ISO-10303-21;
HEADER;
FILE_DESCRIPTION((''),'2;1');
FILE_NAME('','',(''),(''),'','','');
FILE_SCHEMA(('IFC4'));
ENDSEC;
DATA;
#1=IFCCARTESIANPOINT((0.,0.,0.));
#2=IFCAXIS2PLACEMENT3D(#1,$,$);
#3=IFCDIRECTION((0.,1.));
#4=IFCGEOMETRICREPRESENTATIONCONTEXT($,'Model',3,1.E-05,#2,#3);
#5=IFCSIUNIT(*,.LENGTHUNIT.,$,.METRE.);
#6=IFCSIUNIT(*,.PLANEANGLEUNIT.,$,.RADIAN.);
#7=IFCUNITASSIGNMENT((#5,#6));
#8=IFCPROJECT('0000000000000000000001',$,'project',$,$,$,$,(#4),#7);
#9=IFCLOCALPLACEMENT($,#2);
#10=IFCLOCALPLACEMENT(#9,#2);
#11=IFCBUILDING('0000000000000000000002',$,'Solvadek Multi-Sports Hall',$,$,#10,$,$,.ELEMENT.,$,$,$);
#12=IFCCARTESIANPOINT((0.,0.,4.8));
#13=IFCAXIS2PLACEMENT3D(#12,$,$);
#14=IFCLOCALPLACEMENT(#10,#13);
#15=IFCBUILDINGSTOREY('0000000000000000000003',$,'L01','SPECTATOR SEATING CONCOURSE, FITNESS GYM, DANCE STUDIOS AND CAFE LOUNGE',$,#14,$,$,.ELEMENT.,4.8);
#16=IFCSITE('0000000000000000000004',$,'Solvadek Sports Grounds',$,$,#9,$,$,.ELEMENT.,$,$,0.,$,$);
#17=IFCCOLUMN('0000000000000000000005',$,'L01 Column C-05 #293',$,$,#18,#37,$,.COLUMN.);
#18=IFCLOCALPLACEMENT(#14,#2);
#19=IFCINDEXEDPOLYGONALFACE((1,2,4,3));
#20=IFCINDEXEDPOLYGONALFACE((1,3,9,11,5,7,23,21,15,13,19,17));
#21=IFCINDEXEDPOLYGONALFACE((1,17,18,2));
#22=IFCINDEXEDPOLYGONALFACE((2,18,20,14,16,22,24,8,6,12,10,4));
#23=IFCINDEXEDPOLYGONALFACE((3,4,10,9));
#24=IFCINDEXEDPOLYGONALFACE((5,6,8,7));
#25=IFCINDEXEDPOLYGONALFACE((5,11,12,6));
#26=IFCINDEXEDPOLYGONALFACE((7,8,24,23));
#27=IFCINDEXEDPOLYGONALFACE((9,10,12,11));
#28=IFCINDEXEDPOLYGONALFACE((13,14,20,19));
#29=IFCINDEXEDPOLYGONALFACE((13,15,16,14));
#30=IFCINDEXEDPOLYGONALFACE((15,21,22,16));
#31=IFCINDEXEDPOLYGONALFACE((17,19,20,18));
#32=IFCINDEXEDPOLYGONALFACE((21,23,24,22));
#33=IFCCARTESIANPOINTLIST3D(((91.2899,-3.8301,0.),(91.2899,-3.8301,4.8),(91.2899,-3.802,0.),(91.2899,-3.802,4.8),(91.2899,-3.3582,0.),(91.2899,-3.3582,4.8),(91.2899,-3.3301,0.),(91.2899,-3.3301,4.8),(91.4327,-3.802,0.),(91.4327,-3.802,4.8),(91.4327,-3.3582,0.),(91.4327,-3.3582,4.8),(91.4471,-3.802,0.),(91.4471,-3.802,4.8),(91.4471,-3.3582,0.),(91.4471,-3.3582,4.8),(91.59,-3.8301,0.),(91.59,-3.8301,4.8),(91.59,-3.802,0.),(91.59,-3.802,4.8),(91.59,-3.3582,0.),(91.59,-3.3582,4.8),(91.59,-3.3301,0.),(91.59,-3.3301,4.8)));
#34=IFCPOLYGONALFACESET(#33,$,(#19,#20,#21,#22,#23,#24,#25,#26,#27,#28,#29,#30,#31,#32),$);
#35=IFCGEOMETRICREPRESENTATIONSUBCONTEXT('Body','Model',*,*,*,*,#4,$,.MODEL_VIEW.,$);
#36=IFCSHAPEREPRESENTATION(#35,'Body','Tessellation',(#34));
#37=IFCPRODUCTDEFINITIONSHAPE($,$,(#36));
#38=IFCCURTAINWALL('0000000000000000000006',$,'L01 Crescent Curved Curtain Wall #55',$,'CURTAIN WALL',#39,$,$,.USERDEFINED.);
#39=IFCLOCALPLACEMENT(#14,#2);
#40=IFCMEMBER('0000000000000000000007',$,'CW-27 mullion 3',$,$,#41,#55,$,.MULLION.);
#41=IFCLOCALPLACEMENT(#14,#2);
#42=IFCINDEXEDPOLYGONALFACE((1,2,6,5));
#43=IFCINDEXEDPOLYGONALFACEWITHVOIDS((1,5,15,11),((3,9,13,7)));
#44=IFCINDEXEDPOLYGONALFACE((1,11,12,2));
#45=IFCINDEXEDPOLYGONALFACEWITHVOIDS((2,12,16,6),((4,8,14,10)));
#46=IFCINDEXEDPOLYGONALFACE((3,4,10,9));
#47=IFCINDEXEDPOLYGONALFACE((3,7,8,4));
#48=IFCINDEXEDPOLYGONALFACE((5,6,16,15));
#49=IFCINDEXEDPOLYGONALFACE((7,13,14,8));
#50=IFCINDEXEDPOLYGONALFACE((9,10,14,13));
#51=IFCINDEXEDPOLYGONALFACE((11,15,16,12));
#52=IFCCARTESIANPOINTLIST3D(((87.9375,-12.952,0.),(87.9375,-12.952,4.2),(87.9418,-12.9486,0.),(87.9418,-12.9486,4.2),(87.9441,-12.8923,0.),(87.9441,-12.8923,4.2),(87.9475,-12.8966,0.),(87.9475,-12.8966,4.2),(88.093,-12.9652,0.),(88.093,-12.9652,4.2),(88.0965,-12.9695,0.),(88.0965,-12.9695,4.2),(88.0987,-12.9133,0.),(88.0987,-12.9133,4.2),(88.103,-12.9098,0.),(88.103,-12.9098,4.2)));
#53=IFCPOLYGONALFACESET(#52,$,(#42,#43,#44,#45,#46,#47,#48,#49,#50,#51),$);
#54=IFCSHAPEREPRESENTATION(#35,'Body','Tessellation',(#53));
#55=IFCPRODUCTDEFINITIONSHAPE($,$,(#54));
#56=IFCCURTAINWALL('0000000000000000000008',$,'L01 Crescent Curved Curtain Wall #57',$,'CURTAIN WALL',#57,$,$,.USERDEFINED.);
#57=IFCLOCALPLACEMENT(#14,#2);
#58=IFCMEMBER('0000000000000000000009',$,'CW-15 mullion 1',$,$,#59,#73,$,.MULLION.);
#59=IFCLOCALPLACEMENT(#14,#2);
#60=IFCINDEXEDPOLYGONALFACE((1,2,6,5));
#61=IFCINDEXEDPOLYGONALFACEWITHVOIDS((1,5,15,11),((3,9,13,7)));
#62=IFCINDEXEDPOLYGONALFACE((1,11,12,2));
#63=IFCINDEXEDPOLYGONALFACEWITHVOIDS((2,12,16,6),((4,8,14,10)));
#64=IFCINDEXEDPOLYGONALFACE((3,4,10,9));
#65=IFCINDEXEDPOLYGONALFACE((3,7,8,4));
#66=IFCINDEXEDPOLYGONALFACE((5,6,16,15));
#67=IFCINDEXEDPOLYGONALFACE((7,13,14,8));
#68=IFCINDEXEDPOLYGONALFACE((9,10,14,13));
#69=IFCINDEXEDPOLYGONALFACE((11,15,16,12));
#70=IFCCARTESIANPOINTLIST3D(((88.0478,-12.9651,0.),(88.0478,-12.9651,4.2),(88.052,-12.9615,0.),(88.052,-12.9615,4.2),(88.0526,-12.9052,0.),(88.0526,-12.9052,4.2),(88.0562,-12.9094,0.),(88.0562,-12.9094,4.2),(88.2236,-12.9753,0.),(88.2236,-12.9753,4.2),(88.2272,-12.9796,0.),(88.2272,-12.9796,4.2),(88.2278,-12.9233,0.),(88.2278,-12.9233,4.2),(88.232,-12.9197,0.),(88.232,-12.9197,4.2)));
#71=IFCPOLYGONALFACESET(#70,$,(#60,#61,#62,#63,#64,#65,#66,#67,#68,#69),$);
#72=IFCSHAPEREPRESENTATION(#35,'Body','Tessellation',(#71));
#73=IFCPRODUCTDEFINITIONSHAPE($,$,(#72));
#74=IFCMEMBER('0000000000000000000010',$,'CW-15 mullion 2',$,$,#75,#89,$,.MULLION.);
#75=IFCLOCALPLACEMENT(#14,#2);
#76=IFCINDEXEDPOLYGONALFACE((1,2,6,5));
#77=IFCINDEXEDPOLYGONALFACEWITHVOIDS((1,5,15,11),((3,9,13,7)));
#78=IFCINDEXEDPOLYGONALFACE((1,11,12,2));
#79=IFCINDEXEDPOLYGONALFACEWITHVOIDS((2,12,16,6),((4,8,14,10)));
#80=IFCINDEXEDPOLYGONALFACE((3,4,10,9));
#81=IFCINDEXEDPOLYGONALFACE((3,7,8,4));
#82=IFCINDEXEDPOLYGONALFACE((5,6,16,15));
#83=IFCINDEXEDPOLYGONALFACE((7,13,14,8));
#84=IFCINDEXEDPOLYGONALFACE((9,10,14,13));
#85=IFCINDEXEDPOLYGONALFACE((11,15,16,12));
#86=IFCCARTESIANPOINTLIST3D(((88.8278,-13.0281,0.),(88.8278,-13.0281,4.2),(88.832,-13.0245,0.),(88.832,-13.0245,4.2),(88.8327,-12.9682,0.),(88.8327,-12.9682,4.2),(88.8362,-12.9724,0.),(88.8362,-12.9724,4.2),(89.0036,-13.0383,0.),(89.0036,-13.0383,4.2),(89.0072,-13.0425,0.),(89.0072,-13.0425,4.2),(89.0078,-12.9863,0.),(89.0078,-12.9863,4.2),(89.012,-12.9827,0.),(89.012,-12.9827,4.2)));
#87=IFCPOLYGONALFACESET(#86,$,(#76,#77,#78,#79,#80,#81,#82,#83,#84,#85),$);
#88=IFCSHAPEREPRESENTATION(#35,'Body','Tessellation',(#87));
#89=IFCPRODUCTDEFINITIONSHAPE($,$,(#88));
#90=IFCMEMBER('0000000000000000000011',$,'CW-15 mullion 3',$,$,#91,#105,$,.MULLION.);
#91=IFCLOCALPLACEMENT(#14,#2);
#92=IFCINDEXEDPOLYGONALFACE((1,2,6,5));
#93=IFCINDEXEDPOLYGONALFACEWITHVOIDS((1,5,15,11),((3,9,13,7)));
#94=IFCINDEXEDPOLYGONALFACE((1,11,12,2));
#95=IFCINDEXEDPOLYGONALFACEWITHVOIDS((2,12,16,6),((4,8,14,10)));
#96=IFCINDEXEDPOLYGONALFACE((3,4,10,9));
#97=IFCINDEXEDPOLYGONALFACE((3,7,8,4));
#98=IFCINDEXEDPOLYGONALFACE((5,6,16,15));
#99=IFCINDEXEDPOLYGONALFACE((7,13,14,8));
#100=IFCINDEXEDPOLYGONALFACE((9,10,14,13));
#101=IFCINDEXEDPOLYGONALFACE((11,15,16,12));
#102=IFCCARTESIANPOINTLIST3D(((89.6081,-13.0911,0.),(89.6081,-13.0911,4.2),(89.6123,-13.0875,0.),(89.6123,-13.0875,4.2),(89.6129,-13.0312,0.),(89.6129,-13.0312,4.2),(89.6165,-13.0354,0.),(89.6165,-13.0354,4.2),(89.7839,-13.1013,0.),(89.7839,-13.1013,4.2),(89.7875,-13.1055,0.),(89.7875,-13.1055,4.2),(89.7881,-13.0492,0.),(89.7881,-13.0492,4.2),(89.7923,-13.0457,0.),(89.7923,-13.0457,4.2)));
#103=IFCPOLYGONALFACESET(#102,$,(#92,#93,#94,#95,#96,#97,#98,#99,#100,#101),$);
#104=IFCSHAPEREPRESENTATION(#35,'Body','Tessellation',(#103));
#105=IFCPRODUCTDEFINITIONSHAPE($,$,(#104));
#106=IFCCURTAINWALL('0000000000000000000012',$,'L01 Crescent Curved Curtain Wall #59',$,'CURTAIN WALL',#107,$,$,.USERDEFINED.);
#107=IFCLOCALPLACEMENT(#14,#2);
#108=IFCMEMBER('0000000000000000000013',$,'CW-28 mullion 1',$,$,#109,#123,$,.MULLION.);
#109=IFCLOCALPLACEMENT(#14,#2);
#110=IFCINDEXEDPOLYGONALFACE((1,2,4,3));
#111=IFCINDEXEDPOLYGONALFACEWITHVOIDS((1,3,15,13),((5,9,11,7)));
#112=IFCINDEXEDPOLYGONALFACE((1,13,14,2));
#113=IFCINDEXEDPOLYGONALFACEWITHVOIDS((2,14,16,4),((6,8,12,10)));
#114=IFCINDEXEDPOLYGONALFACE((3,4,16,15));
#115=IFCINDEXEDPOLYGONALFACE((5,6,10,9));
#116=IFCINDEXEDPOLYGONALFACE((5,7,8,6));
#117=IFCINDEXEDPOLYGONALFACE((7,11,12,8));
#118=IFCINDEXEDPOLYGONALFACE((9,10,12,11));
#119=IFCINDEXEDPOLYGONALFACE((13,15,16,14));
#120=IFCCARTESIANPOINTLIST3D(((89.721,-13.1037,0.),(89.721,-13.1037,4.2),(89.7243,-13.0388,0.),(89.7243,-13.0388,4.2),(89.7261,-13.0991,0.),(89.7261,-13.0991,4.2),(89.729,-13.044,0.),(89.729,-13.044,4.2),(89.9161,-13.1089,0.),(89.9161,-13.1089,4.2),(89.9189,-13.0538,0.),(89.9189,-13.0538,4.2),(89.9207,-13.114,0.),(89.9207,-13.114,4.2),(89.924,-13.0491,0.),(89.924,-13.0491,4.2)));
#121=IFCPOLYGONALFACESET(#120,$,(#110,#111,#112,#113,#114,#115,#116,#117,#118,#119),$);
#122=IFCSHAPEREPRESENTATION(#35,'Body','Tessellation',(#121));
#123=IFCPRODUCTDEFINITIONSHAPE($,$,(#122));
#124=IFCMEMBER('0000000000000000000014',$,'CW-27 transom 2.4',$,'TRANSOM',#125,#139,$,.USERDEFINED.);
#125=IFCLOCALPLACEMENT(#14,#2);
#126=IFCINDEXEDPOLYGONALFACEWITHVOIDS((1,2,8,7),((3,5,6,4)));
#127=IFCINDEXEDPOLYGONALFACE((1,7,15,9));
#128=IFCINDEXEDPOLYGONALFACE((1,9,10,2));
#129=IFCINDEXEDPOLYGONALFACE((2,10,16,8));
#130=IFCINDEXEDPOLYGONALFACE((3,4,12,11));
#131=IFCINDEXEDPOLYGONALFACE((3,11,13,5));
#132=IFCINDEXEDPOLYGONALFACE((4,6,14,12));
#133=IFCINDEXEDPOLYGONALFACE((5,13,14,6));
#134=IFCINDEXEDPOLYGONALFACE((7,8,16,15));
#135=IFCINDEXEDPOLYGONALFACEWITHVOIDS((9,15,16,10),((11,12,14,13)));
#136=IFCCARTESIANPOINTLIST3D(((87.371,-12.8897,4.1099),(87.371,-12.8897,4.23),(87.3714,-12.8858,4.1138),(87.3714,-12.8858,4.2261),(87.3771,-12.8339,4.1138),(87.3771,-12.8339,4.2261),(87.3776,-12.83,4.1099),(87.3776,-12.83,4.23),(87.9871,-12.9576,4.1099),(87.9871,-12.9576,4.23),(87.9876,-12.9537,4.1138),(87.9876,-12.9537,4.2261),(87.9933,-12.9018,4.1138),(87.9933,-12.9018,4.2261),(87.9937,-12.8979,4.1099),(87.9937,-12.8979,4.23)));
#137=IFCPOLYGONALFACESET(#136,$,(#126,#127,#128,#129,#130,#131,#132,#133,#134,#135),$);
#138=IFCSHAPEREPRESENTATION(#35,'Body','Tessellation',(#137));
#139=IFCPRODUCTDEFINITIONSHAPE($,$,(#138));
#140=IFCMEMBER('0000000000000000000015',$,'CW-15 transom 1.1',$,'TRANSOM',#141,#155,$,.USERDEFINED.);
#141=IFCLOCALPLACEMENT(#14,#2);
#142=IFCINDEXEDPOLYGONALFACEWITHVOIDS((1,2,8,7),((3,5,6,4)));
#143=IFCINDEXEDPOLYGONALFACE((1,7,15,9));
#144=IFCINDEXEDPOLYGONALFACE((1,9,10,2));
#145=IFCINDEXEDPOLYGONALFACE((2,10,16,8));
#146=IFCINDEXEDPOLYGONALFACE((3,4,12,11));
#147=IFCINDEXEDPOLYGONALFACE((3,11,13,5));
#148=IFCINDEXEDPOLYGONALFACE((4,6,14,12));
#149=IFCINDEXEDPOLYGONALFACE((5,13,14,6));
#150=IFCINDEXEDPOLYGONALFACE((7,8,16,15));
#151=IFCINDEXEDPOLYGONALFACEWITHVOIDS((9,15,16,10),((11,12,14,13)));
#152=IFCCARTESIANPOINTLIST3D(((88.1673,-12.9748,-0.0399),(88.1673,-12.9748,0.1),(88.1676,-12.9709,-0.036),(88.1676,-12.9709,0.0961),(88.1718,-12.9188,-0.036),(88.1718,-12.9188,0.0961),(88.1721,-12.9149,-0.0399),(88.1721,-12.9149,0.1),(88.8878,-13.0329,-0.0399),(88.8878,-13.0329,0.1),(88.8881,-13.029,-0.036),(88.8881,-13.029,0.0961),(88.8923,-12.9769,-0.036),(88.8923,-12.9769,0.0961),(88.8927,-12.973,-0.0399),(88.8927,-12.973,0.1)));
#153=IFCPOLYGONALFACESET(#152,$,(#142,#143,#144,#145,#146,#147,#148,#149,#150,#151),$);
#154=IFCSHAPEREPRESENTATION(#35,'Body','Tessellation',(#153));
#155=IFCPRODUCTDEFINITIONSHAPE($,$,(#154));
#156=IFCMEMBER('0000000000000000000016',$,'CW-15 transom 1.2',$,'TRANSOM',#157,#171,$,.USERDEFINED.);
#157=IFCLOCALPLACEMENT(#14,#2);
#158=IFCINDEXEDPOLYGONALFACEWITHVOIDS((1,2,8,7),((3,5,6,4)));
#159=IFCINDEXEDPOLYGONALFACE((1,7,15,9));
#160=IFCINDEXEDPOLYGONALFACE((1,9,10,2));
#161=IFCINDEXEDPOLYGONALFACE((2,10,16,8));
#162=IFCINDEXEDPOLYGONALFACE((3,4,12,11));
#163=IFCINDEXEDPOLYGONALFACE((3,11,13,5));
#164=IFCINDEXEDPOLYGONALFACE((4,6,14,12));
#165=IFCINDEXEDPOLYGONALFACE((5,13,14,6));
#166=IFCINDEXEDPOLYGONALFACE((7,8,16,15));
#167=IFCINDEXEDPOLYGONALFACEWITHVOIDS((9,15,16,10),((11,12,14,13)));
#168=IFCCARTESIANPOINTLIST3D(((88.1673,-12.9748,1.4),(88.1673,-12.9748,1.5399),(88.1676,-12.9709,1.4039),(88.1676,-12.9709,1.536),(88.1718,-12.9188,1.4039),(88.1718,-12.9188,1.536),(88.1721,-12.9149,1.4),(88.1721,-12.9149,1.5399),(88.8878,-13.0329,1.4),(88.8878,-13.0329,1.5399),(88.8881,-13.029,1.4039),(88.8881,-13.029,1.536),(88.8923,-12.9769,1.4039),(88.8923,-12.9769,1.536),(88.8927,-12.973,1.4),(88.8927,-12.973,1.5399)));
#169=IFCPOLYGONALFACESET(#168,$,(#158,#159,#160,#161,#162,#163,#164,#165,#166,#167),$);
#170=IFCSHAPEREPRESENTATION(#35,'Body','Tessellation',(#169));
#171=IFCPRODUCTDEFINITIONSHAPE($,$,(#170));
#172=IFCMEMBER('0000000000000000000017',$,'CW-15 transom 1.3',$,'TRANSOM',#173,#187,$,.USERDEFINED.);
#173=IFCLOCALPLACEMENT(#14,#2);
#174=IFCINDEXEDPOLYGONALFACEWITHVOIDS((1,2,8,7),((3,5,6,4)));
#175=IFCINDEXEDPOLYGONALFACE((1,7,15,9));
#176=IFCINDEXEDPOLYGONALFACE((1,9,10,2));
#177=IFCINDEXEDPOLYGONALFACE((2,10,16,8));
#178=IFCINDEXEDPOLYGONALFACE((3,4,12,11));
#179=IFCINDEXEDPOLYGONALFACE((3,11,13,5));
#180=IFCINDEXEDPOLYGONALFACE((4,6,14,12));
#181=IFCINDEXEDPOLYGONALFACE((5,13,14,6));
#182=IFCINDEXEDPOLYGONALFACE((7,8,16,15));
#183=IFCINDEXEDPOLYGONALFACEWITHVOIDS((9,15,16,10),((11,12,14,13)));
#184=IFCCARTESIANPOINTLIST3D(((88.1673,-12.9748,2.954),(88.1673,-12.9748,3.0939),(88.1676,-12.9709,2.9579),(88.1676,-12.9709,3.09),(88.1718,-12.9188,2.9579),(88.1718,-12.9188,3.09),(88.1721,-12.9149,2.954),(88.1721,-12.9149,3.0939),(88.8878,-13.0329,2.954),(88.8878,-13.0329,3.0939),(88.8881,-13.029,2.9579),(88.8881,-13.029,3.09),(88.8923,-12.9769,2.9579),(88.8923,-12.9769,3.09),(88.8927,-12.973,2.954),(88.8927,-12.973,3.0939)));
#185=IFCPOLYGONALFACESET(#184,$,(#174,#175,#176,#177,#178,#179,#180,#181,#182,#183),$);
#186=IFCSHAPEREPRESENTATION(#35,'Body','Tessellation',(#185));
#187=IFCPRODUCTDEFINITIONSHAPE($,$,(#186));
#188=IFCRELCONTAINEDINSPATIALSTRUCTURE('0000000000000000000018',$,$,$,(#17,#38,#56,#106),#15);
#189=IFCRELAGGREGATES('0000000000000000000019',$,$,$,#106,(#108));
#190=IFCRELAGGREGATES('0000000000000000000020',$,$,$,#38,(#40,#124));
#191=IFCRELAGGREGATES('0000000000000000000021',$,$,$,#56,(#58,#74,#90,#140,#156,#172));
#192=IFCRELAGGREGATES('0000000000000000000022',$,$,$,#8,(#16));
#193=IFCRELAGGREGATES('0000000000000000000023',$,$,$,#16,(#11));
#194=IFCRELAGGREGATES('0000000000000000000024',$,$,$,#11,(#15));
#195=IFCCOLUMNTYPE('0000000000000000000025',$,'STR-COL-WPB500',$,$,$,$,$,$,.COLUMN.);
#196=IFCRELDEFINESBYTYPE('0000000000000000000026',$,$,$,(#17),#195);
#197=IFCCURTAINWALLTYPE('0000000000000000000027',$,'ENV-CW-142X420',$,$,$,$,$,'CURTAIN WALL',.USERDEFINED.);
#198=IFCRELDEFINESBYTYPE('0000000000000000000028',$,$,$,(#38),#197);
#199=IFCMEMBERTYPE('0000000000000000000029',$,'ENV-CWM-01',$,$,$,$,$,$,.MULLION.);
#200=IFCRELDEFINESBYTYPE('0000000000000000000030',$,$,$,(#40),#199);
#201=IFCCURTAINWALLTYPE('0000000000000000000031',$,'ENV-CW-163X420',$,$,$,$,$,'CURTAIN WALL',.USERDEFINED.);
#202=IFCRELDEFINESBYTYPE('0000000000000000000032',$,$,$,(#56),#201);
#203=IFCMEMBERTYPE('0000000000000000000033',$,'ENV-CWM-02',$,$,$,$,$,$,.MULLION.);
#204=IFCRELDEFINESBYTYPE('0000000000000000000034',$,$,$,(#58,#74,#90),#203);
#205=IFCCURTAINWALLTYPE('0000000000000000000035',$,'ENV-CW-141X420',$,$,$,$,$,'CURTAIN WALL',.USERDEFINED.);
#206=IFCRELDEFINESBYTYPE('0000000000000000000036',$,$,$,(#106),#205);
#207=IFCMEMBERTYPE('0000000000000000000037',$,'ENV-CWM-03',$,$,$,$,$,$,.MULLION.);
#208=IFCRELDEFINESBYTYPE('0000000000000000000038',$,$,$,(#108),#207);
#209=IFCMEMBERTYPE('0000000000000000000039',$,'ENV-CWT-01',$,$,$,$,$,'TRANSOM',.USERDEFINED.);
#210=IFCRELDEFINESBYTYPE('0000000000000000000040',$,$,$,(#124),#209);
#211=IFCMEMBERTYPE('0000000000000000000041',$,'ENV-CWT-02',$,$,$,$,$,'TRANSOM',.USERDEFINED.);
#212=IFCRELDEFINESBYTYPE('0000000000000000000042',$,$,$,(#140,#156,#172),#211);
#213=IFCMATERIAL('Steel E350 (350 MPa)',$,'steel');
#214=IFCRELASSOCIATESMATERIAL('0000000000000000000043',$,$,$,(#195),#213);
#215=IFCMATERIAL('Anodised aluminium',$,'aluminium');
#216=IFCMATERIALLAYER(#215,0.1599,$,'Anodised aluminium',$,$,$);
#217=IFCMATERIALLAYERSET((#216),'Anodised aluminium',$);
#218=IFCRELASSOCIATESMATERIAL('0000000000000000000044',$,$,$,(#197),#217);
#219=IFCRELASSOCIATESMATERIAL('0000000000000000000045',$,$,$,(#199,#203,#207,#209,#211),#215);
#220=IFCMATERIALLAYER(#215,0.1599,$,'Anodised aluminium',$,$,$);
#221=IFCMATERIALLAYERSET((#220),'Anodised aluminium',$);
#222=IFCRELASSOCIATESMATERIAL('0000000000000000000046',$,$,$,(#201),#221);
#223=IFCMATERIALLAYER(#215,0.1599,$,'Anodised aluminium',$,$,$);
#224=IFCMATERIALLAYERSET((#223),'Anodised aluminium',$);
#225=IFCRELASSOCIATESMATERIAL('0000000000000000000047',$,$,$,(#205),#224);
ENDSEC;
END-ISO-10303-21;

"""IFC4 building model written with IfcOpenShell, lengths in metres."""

from ifc_helpers import new_model, si_unit, direction, frame, origin, origin_2d, place, context, subcontext, project, spatial, hollow_rectangle, i_section, extrude, material, layer, layer_set, material_profile, profile_set, type_object, element, aggregate, save


model = new_model("IFC4")

# Units and contexts
model_context = context("Model", 3, precision=1e-05, world=origin(), true_north=direction((0.0, 1.0)))
body_context = subcontext(model_context, "Body", "Model", "MODEL_VIEW")
ifc_project = project(units=[si_unit("LENGTHUNIT", "METRE"), si_unit("PLANEANGLEUNIT", "RADIAN")], contexts=[model_context])

# Site, building, storey
site_placement = place(None, origin())
site = spatial("IfcSite", under=ifc_project, at=site_placement, Name="Solvadek Sports Grounds", CompositionType="ELEMENT", RefElevation=0.0)
building_placement = place(site_placement, origin())
building = spatial("IfcBuilding", under=site, at=building_placement, Name="Solvadek Multi-Sports Hall", CompositionType="ELEMENT")
storey_placement = place(building_placement, frame((0.0, 0.0, 4.8)))
storey = spatial("IfcBuildingStorey", under=building, at=storey_placement, Name="L01", Description="SPECTATOR SEATING CONCOURSE, FITNESS GYM, DANCE STUDIOS AND CAFE LOUNGE", CompositionType="ELEMENT", Elevation=4.8)

# Column
ifc_material_1 = material(Name="Steel E350 (350 MPa)", Category="steel")
ifc_material_profile_1 = material_profile(ifc_material_1, i_section(OverallWidth=0.3, OverallDepth=0.5, WebThickness=0.0144, FlangeThickness=0.0281, at=origin_2d()), Name="WPB 500")
ifc_profile_set_1 = profile_set([ifc_material_profile_1], Name="Steel E350 (350 MPa)")
column_type = type_object("IfcColumnType", Name="STR-COL-WPB500", PredefinedType="COLUMN", material=ifc_profile_set_1)
column_placement = place(storey_placement, frame((91.4399, -3.5801, 0.0), z_axis=(0.0, 0.0, 1.0), x_axis=(1.0, 0.0, 0.0)))
element("IfcColumn", 1, at=column_placement, inside=storey, type_object=column_type, Name="L01 Column C-05 #293", PredefinedType="COLUMN", context=body_context, shape_type="SweptSolid", body=[
    extrude(i_section(OverallWidth=0.3, OverallDepth=0.5, WebThickness=0.0144, FlangeThickness=0.0281, at=origin_2d()), origin(), (0.0, 0.0, 1.0), 4.8),
])

# Curtain wall, member
ifc_material_2 = material(Name="Anodised aluminium", Category="aluminium")
ifc_layer_1 = layer(ifc_material_2, 0.1599, Name="Anodised aluminium")
ifc_layer_set_1 = layer_set([ifc_layer_1], Name="Anodised aluminium")
curtain_wall_type_1 = type_object("IfcCurtainWallType", Name="ENV-CW-142X420", ElementType="CURTAIN WALL", PredefinedType="USERDEFINED", material=ifc_layer_set_1)
curtain_wall_1_placement = place(storey_placement, origin())
curtain_wall_1 = element("IfcCurtainWall", 2, at=curtain_wall_1_placement, inside=storey, type_object=curtain_wall_type_1, Name="L01 Crescent Curved Curtain Wall #55", ObjectType="CURTAIN WALL", PredefinedType="USERDEFINED")
ifc_material_profile_2 = material_profile(ifc_material_2, hollow_rectangle(XDim=0.0601, YDim=0.1599, WallThickness=0.0039, at=origin_2d()), Name="ALU-M 160x60x4")
ifc_profile_set_2 = profile_set([ifc_material_profile_2], Name="Anodised aluminium")
member_type_1 = type_object("IfcMemberType", Name="ENV-CWM-01", PredefinedType="MULLION", material=ifc_profile_set_2)
member_1_placement = place(storey_placement, frame((88.0203, -12.9309, 0.0), z_axis=(0.0, 0.0, 1.0), x_axis=(0.109288, 0.99401, 0.0)))
member_1 = element("IfcMember", 3, at=member_1_placement, type_object=member_type_1, Name="CW-27 mullion 3", PredefinedType="MULLION", context=body_context, shape_type="SweptSolid", body=[
    extrude(hollow_rectangle(XDim=0.0601, YDim=0.1599, WallThickness=0.0039, at=origin_2d()), origin(), (0.0, 0.0, 1.0), 4.2),
])

# Curtain wall, members
ifc_layer_2 = layer(ifc_material_2, 0.1599, Name="Anodised aluminium")
ifc_layer_set_2 = layer_set([ifc_layer_2], Name="Anodised aluminium")
curtain_wall_type_2 = type_object("IfcCurtainWallType", Name="ENV-CW-163X420", ElementType="CURTAIN WALL", PredefinedType="USERDEFINED", material=ifc_layer_set_2)
curtain_wall_2_placement = place(storey_placement, origin())
curtain_wall_2 = element("IfcCurtainWall", 4, at=curtain_wall_2_placement, inside=storey, type_object=curtain_wall_type_2, Name="L01 Crescent Curved Curtain Wall #57", ObjectType="CURTAIN WALL", PredefinedType="USERDEFINED")
ifc_material_profile_3 = material_profile(ifc_material_2, hollow_rectangle(XDim=0.0601, YDim=0.1799, WallThickness=0.0039, at=origin_2d()), Name="ALU-M 180x60x4")
ifc_profile_set_3 = profile_set([ifc_material_profile_3], Name="Anodised aluminium")
member_type_2 = type_object("IfcMemberType", Name="ENV-CWM-02", PredefinedType="MULLION", material=ifc_profile_set_3)
member_2_placement = place(storey_placement, frame((88.1399, -12.9424, 0.0), z_axis=(0.0, 0.0, 1.0), x_axis=(0.080469, 0.996757, 0.0)))
member_2 = element("IfcMember", 5, at=member_2_placement, type_object=member_type_2, Name="CW-15 mullion 1", PredefinedType="MULLION", context=body_context, shape_type="SweptSolid", body=[
    extrude(hollow_rectangle(XDim=0.0601, YDim=0.1799, WallThickness=0.0039, at=origin_2d()), origin(), (0.0, 0.0, 1.0), 4.2),
])
member_3_placement = place(storey_placement, frame((88.9199, -13.0054, 0.0), z_axis=(0.0, 0.0, 1.0), x_axis=(0.080469, 0.996757, 0.0)))
member_3 = element("IfcMember", 6, at=member_3_placement, type_object=member_type_2, Name="CW-15 mullion 2", PredefinedType="MULLION", context=body_context, shape_type="SweptSolid", body=[
    extrude(hollow_rectangle(XDim=0.0601, YDim=0.1799, WallThickness=0.0039, at=origin_2d()), origin(), (0.0, 0.0, 1.0), 4.2),
])
member_4_placement = place(storey_placement, frame((89.7002, -13.0684, 0.0), z_axis=(0.0, 0.0, 1.0), x_axis=(0.080469, 0.996757, 0.0)))
member_4 = element("IfcMember", 7, at=member_4_placement, type_object=member_type_2, Name="CW-15 mullion 3", PredefinedType="MULLION", context=body_context, shape_type="SweptSolid", body=[
    extrude(hollow_rectangle(XDim=0.0601, YDim=0.1799, WallThickness=0.0039, at=origin_2d()), origin(), (0.0, 0.0, 1.0), 4.2),
])

# Curtain wall, member
ifc_layer_3 = layer(ifc_material_2, 0.1599, Name="Anodised aluminium")
ifc_layer_set_3 = layer_set([ifc_layer_3], Name="Anodised aluminium")
curtain_wall_type_3 = type_object("IfcCurtainWallType", Name="ENV-CW-141X420", ElementType="CURTAIN WALL", PredefinedType="USERDEFINED", material=ifc_layer_set_3)
curtain_wall_3_placement = place(storey_placement, origin())
curtain_wall_3 = element("IfcCurtainWall", 8, at=curtain_wall_3_placement, inside=storey, type_object=curtain_wall_type_3, Name="L01 Crescent Curved Curtain Wall #59", ObjectType="CURTAIN WALL", PredefinedType="USERDEFINED")
ifc_material_profile_4 = material_profile(ifc_material_2, hollow_rectangle(XDim=0.0649, YDim=0.2, WallThickness=0.0049, at=origin_2d()), Name="ALU-M 200x65x5")
ifc_profile_set_4 = profile_set([ifc_material_profile_4], Name="Anodised aluminium")
member_type_3 = type_object("IfcMemberType", Name="ENV-CWM-03", PredefinedType="MULLION", material=ifc_profile_set_4)
member_5_placement = place(storey_placement, frame((89.8225, -13.0764, 0.0), z_axis=(0.0, 0.0, 1.0), x_axis=(0.051552, 0.99867, 0.0)))
member_5 = element("IfcMember", 9, at=member_5_placement, type_object=member_type_3, Name="CW-28 mullion 1", PredefinedType="MULLION", context=body_context, shape_type="SweptSolid", body=[
    extrude(hollow_rectangle(XDim=0.0649, YDim=0.2, WallThickness=0.0049, at=origin_2d()), origin(), (0.0, 0.0, 1.0), 4.2),
])

# Members
ifc_material_profile_5 = material_profile(ifc_material_2, hollow_rectangle(XDim=0.0601, YDim=0.1201, WallThickness=0.0039, at=origin_2d()), Name="ALU-T 120x60x4")
ifc_profile_set_5 = profile_set([ifc_material_profile_5], Name="Anodised aluminium")
member_type_4 = type_object("IfcMemberType", Name="ENV-CWT-01", ElementType="TRANSOM", PredefinedType="USERDEFINED", material=ifc_profile_set_5)
member_6_placement = place(storey_placement, frame((87.3743, -12.8599, 4.1699), z_axis=(0.993989, -0.109481, 0.0), x_axis=(0.109481, 0.993989, 0.0)))
member_6 = element("IfcMember", 10, at=member_6_placement, type_object=member_type_4, Name="CW-27 transom 2.4", ObjectType="TRANSOM", PredefinedType="USERDEFINED", context=body_context, shape_type="SweptSolid", body=[
    extrude(hollow_rectangle(XDim=0.0601, YDim=0.1201, WallThickness=0.0039, at=origin_2d()), origin(), (0.0, 0.0, 1.0), 0.6199),
])
ifc_material_profile_6 = material_profile(ifc_material_2, hollow_rectangle(XDim=0.0601, YDim=0.1399, WallThickness=0.0039, at=origin_2d()), Name="ALU-T 140x60x4")
ifc_profile_set_6 = profile_set([ifc_material_profile_6], Name="Anodised aluminium")
member_type_5 = type_object("IfcMemberType", Name="ENV-CWT-02", ElementType="TRANSOM", PredefinedType="USERDEFINED", material=ifc_profile_set_6)
member_7_placement = place(storey_placement, frame((88.1697, -12.9448, 0.03), z_axis=(0.996764, -0.08039, 0.0), x_axis=(0.08039, 0.996764, 0.0)))
member_7 = element("IfcMember", 11, at=member_7_placement, type_object=member_type_5, Name="CW-15 transom 1.1", ObjectType="TRANSOM", PredefinedType="USERDEFINED", context=body_context, shape_type="SweptSolid", body=[
    extrude(hollow_rectangle(XDim=0.0601, YDim=0.1399, WallThickness=0.0039, at=origin_2d()), origin(), (0.0, 0.0, 1.0), 0.7229),
])
member_8_placement = place(storey_placement, frame((88.1697, -12.9448, 1.47), z_axis=(0.996764, -0.08039, 0.0), x_axis=(0.08039, 0.996764, 0.0)))
member_8 = element("IfcMember", 12, at=member_8_placement, type_object=member_type_5, Name="CW-15 transom 1.2", ObjectType="TRANSOM", PredefinedType="USERDEFINED", context=body_context, shape_type="SweptSolid", body=[
    extrude(hollow_rectangle(XDim=0.0601, YDim=0.1399, WallThickness=0.0039, at=origin_2d()), origin(), (0.0, 0.0, 1.0), 0.7229),
])
member_9_placement = place(storey_placement, frame((88.1697, -12.9448, 3.0239), z_axis=(0.996764, -0.08039, 0.0), x_axis=(0.08039, 0.996764, 0.0)))
member_9 = element("IfcMember", 13, at=member_9_placement, type_object=member_type_5, Name="CW-15 transom 1.3", ObjectType="TRANSOM", PredefinedType="USERDEFINED", context=body_context, shape_type="SweptSolid", body=[
    extrude(hollow_rectangle(XDim=0.0601, YDim=0.1399, WallThickness=0.0039, at=origin_2d()), origin(), (0.0, 0.0, 1.0), 0.7229),
])
aggregate(curtain_wall_3, [member_5])

aggregate(curtain_wall_1, [member_1, member_6])
aggregate(curtain_wall_2, [member_2, member_3, member_4, member_7, member_8, member_9])

save(model, "model.ifc")
